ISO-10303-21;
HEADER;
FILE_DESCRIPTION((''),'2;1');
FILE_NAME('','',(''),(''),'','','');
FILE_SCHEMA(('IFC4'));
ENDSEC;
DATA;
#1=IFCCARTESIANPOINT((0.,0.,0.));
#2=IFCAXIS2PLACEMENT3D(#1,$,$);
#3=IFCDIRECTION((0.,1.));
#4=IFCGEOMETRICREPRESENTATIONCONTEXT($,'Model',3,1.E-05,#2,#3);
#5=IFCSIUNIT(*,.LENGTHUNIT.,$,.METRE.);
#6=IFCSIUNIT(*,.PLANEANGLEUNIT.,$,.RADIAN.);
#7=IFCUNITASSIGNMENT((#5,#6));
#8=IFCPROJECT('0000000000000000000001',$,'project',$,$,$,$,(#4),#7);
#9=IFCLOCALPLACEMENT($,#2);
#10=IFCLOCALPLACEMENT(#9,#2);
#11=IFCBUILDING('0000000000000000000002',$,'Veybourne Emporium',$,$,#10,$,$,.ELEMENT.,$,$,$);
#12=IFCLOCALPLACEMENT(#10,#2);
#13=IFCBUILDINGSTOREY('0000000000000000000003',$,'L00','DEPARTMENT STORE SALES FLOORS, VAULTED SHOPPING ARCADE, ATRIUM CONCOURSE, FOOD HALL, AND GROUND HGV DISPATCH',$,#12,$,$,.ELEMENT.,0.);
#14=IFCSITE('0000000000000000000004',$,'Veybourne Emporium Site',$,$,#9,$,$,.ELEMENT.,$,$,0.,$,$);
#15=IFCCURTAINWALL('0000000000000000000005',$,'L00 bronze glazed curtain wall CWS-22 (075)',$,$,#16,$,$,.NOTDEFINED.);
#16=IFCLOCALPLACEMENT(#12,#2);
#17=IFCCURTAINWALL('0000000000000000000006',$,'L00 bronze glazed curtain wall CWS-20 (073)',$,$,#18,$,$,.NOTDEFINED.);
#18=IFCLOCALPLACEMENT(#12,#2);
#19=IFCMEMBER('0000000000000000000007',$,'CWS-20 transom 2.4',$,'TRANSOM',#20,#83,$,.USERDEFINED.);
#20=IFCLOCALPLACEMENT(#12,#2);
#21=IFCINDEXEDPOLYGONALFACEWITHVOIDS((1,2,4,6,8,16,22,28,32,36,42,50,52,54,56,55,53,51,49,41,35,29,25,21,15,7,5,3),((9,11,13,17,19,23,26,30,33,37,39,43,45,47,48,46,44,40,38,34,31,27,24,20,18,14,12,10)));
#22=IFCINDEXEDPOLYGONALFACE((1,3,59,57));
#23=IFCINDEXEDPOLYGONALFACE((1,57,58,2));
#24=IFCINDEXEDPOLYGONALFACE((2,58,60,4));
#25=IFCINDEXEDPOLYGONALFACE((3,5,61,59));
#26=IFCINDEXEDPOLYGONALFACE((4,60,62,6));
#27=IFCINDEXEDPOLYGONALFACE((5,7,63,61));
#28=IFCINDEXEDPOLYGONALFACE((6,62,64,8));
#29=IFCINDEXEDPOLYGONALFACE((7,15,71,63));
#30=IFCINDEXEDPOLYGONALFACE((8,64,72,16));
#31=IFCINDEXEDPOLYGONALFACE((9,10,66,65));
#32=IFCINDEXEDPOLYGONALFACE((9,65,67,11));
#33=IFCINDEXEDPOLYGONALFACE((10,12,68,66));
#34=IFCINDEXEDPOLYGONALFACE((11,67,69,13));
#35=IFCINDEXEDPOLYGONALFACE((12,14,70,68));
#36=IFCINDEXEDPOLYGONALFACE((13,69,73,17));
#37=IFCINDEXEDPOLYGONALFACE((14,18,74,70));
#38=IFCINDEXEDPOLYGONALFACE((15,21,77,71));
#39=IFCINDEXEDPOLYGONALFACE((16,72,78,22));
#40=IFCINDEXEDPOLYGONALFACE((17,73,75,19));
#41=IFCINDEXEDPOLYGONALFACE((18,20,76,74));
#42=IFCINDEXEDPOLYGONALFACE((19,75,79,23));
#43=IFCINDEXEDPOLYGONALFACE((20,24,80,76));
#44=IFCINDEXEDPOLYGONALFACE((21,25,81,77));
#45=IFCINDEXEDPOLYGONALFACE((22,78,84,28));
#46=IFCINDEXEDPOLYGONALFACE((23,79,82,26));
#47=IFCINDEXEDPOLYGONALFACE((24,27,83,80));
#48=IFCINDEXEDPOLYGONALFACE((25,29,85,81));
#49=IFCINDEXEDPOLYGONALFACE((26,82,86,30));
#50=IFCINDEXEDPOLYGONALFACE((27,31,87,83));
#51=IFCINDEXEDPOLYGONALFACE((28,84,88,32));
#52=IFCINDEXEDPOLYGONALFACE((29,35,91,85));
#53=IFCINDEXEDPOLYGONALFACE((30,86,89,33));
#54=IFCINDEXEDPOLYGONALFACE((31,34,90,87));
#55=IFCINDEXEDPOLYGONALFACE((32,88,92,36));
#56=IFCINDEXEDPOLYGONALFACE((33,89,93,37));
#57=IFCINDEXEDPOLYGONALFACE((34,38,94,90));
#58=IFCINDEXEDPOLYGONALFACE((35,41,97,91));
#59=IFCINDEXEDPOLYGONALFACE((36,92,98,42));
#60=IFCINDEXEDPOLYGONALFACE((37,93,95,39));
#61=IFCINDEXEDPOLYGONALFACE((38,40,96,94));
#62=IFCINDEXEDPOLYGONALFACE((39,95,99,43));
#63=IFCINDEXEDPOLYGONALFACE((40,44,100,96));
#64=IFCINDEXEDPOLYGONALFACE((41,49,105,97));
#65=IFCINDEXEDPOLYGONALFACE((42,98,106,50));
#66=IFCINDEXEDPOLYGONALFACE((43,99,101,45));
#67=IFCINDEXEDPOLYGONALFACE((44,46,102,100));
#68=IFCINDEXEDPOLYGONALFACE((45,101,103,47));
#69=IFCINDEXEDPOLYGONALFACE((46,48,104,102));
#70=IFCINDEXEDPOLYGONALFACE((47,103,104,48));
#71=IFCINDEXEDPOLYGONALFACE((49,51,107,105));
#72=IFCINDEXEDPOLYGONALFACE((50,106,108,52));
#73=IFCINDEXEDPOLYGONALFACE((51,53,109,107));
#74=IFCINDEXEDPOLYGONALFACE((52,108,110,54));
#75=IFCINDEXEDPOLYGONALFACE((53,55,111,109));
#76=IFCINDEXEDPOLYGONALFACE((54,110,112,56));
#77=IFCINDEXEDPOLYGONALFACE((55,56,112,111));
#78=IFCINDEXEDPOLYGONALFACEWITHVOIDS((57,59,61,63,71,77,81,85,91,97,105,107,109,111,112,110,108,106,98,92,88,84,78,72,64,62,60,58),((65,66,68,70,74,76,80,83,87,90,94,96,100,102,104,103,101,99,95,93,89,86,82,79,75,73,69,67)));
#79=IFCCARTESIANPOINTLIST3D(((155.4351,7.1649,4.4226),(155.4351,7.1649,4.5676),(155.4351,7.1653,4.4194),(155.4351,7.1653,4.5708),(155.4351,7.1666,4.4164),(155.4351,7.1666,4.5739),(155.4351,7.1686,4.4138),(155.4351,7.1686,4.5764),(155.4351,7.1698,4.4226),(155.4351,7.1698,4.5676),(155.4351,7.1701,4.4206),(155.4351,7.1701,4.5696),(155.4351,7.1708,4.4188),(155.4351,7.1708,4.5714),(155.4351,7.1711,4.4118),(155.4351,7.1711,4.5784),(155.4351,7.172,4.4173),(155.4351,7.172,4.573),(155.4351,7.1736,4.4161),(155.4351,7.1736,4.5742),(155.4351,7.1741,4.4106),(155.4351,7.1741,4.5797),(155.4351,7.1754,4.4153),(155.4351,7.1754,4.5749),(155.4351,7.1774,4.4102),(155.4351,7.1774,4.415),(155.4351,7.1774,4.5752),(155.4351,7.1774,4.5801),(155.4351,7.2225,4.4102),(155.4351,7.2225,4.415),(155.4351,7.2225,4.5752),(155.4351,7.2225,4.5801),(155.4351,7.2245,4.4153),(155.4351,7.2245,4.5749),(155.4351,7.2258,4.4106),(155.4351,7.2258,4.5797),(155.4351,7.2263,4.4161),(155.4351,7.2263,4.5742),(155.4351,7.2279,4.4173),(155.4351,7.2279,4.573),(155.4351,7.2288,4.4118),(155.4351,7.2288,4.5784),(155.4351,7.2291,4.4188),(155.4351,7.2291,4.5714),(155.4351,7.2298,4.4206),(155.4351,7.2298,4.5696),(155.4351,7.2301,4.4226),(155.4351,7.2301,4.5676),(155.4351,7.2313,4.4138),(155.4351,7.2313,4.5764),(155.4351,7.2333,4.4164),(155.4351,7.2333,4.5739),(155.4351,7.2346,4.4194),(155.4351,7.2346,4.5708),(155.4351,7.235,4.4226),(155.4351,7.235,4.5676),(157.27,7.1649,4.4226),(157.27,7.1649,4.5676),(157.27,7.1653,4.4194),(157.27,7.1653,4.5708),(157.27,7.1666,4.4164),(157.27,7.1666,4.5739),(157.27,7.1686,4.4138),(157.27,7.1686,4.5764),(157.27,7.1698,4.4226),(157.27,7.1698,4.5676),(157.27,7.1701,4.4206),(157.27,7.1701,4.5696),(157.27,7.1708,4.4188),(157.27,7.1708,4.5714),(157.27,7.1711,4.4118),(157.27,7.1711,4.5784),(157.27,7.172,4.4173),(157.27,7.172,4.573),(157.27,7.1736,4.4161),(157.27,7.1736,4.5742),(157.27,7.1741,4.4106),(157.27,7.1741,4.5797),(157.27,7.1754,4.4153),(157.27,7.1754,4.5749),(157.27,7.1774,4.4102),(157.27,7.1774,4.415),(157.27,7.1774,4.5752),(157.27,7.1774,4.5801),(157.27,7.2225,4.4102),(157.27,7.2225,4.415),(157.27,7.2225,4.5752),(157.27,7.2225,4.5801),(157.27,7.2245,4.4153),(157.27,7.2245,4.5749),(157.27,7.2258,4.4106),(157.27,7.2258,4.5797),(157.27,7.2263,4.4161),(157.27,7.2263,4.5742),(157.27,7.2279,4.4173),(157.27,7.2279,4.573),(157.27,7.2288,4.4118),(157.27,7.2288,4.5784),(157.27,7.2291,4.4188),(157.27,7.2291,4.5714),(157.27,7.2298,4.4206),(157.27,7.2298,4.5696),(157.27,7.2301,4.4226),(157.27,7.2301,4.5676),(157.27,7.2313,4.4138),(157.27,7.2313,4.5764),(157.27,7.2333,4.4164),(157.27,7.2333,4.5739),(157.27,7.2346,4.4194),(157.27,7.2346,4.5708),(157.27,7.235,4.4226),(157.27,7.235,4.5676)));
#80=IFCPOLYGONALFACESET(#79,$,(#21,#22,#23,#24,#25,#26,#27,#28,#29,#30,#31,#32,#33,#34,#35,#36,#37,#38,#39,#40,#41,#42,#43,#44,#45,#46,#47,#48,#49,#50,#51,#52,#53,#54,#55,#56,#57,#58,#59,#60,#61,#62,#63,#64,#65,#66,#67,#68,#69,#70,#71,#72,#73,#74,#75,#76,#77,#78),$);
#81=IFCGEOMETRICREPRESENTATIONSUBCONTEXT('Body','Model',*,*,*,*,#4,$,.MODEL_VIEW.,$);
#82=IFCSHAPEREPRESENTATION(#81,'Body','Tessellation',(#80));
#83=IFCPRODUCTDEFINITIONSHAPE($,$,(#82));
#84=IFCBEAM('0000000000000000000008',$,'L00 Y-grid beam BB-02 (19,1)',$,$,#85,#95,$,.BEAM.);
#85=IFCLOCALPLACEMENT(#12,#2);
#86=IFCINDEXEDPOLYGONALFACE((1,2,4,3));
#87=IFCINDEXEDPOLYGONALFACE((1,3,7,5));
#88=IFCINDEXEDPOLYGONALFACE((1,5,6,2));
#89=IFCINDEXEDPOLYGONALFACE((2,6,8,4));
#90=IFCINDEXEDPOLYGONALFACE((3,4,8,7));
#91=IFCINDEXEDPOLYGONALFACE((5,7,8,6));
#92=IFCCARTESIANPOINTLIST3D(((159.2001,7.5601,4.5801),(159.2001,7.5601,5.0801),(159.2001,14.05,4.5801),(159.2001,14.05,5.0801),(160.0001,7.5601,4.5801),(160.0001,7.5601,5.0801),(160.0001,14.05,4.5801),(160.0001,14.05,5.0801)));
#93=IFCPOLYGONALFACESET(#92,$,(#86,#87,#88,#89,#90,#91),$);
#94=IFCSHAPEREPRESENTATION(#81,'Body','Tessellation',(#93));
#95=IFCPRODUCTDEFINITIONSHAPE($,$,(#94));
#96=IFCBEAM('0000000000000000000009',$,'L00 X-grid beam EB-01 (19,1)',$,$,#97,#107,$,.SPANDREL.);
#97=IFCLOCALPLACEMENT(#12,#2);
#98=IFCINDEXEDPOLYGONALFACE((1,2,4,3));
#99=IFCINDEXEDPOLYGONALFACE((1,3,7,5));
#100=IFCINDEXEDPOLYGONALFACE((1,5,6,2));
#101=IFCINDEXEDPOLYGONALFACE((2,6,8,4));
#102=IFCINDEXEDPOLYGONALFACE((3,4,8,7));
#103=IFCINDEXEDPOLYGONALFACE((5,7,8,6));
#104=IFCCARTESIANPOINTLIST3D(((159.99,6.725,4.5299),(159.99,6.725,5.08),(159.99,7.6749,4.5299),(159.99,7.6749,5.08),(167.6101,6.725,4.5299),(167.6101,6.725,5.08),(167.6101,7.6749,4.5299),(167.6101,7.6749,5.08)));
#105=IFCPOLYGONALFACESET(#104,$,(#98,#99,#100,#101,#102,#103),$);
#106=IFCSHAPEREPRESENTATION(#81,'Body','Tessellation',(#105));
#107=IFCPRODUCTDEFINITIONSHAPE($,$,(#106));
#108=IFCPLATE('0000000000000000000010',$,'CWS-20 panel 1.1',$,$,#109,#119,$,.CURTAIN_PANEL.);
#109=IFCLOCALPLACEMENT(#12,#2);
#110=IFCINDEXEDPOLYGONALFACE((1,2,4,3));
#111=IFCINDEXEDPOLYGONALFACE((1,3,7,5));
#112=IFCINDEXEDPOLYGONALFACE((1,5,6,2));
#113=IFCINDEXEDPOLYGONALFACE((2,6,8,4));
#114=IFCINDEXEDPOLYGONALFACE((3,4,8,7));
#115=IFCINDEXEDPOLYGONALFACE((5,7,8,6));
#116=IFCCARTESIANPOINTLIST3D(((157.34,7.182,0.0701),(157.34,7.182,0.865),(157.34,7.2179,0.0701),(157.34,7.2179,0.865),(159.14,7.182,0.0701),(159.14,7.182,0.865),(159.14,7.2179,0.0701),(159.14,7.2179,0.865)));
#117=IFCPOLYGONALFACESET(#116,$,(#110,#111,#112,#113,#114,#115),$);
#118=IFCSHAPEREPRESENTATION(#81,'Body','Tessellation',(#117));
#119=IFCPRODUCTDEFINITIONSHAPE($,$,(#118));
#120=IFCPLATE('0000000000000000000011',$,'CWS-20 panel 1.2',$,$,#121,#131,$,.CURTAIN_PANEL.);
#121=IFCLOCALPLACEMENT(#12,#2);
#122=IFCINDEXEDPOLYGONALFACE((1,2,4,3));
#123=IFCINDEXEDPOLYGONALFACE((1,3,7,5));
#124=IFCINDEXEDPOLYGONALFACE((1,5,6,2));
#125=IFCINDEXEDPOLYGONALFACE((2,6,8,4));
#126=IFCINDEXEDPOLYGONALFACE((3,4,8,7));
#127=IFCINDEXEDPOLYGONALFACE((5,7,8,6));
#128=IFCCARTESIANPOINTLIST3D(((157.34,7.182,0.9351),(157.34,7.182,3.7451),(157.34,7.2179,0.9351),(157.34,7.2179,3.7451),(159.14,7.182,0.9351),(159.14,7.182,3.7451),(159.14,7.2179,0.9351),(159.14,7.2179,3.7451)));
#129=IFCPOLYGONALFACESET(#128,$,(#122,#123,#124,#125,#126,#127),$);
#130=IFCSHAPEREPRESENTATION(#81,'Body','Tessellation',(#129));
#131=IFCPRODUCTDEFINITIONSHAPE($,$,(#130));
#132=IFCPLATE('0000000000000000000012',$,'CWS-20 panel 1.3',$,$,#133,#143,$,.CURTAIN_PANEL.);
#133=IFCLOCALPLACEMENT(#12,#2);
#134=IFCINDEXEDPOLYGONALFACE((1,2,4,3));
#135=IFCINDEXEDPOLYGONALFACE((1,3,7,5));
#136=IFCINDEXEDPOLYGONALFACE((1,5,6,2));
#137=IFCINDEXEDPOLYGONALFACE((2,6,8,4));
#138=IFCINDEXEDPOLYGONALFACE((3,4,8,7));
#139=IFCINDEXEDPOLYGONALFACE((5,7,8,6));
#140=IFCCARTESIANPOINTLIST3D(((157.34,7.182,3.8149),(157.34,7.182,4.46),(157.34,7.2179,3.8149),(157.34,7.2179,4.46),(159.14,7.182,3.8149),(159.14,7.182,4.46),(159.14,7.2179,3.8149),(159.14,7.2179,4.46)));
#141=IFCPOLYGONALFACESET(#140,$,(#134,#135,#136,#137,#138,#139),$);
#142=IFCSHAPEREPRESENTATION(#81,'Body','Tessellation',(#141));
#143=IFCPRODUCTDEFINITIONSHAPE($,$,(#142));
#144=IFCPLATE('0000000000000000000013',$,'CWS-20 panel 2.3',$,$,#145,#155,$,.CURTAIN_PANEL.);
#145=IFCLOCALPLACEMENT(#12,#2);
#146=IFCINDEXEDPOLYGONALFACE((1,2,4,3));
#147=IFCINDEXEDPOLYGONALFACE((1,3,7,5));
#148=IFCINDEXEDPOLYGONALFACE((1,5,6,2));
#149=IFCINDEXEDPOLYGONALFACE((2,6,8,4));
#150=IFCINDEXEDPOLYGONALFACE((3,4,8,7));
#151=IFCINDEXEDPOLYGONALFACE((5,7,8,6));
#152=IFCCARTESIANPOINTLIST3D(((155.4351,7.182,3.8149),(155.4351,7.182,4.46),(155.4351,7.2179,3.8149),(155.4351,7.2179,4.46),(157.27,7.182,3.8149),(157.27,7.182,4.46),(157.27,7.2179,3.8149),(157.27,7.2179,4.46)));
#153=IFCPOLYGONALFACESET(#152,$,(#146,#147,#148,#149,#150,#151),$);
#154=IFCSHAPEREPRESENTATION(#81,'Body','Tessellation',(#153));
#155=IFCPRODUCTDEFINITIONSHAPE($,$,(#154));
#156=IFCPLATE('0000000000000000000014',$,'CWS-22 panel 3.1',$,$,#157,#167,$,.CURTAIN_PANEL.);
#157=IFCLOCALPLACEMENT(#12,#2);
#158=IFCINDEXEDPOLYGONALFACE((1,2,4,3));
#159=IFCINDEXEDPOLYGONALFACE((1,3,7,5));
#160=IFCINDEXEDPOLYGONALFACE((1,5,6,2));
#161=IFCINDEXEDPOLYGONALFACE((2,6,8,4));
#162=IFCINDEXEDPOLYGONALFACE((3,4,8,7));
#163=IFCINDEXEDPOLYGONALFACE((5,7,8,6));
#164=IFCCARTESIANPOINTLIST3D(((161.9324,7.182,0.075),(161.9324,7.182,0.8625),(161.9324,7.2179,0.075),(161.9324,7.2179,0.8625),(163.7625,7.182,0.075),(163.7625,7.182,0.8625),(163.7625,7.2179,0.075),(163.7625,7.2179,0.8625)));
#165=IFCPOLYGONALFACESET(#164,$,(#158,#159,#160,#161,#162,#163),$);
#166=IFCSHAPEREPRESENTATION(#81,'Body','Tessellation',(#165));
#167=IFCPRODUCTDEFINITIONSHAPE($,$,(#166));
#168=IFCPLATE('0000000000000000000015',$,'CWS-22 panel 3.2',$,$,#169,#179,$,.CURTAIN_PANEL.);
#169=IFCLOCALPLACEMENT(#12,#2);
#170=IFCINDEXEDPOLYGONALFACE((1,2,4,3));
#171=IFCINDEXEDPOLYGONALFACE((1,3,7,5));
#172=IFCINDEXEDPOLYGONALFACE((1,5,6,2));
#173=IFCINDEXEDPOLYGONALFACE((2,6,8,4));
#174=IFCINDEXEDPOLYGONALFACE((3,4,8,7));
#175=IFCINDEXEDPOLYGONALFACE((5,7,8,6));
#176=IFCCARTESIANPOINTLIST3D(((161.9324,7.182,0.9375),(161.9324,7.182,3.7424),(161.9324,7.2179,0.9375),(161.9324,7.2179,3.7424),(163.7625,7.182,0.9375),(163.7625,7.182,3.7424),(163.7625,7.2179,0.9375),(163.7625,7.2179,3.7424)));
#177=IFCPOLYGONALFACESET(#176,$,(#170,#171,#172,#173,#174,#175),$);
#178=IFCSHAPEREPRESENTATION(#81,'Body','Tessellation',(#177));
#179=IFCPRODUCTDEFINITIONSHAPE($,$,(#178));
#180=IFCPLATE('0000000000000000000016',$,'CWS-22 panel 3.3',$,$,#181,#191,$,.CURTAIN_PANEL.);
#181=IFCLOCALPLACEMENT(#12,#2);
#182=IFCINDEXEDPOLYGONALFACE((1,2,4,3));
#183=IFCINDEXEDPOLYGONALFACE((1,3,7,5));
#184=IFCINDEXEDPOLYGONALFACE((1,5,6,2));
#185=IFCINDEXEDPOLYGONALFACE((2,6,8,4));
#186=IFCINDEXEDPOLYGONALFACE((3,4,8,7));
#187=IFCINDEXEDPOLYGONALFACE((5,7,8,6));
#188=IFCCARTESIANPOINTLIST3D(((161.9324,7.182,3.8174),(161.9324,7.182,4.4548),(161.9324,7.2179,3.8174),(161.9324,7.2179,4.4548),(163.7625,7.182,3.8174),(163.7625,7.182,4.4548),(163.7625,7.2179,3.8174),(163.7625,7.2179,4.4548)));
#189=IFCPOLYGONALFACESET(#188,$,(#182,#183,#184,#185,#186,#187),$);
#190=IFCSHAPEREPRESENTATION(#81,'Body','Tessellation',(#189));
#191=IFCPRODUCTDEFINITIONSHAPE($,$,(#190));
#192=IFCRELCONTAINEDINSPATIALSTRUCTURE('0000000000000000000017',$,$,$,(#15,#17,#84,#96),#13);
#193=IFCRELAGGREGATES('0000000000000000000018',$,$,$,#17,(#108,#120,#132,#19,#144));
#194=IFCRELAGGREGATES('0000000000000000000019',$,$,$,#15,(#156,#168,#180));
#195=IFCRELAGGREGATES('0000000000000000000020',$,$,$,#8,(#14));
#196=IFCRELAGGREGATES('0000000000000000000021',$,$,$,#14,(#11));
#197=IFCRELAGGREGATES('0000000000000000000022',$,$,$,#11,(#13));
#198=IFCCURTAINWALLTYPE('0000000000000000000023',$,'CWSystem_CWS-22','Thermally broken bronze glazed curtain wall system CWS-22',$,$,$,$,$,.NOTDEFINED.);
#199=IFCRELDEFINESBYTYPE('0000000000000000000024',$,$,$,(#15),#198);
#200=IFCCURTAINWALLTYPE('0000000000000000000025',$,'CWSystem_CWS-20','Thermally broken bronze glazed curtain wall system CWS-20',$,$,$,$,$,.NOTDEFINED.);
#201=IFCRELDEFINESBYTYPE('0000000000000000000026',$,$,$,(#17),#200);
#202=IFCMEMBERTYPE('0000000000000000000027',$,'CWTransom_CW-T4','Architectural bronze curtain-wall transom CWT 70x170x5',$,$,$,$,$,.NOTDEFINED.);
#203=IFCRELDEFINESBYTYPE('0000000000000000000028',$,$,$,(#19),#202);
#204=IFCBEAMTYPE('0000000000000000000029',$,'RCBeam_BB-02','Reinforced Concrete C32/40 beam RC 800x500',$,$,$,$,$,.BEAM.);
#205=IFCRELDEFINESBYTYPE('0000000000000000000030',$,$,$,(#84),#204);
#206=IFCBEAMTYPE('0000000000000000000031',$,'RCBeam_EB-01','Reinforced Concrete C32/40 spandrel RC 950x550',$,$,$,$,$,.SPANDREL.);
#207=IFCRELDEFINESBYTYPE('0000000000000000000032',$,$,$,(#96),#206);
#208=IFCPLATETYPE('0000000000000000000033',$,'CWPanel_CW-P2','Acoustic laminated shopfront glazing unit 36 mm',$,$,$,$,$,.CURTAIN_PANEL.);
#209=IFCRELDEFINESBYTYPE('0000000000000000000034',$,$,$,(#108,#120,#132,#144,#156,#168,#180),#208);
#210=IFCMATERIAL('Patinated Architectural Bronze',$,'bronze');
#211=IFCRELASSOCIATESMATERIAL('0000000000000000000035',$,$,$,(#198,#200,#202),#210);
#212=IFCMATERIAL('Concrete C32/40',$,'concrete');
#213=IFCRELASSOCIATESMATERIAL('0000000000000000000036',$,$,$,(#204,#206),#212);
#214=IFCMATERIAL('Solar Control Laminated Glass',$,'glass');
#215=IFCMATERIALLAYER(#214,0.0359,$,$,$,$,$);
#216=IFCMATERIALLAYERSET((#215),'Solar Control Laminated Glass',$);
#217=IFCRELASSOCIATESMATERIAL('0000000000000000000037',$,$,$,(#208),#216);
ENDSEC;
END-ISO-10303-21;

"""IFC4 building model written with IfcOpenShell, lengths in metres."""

from ifc_helpers import new_model, si_unit, direction, frame, origin, origin_2d, place, context, subcontext, project, spatial, rectangle, hollow_rectangle, extrude, material, layer, layer_set, material_profile, profile_set, type_object, element, aggregate, save


model = new_model("IFC4")

# Units and contexts
model_context = context("Model", 3, precision=1e-05, world=origin(), true_north=direction((0.0, 1.0)))
body_context = subcontext(model_context, "Body", "Model", "MODEL_VIEW")
ifc_project = project(units=[si_unit("LENGTHUNIT", "METRE"), si_unit("PLANEANGLEUNIT", "RADIAN")], contexts=[model_context])

# Site, building, storey
site_placement = place(None, origin())
site = spatial("IfcSite", under=ifc_project, at=site_placement, Name="Veybourne Emporium Site", CompositionType="ELEMENT", RefElevation=0.0)
building_placement = place(site_placement, origin())
building = spatial("IfcBuilding", under=site, at=building_placement, Name="Veybourne Emporium", CompositionType="ELEMENT")
storey_placement = place(building_placement, origin())
storey = spatial("IfcBuildingStorey", under=building, at=storey_placement, Name="L00", Description="DEPARTMENT STORE SALES FLOORS, VAULTED SHOPPING ARCADE, ATRIUM CONCOURSE, FOOD HALL, AND GROUND HGV DISPATCH", CompositionType="ELEMENT", Elevation=0.0)

# Curtain walls
ifc_material_1 = material(Name="Patinated Architectural Bronze", Category="bronze")
curtain_wall_type_1 = type_object("IfcCurtainWallType", Name="CWSystem_CWS-22", Description="Thermally broken bronze glazed curtain wall system CWS-22", PredefinedType="NOTDEFINED", material=ifc_material_1)
curtain_wall_1_placement = place(storey_placement, origin())
curtain_wall_1 = element("IfcCurtainWall", 1, at=curtain_wall_1_placement, inside=storey, type_object=curtain_wall_type_1, Name="L00 bronze glazed curtain wall CWS-22 (075)", PredefinedType="NOTDEFINED")
curtain_wall_type_2 = type_object("IfcCurtainWallType", Name="CWSystem_CWS-20", Description="Thermally broken bronze glazed curtain wall system CWS-20", PredefinedType="NOTDEFINED", material=ifc_material_1)
curtain_wall_2_placement = place(storey_placement, origin())
curtain_wall_2 = element("IfcCurtainWall", 2, at=curtain_wall_2_placement, inside=storey, type_object=curtain_wall_type_2, Name="L00 bronze glazed curtain wall CWS-20 (073)", PredefinedType="NOTDEFINED")

# Member
ifc_material_profile_1 = material_profile(ifc_material_1, hollow_rectangle(XDim=0.0701, YDim=0.1699, WallThickness=0.0049, InnerFilletRadius=0.0076, OuterFilletRadius=0.0125, at=origin_2d()), Name="CWT 70x170x5")
ifc_profile_set_1 = profile_set([ifc_material_profile_1], Name="Patinated Architectural Bronze")
member_type_1 = type_object("IfcMemberType", Name="CWTransom_CW-T4", Description="Architectural bronze curtain-wall transom CWT 70x170x5", PredefinedType="NOTDEFINED", material=ifc_profile_set_1)
member_1_placement = place(storey_placement, frame((157.27, 7.2, 4.4951), z_axis=(-1.0, 0.0, 0.0), x_axis=(0.0, -1.0, 0.0)))
member_1 = element("IfcMember", 3, at=member_1_placement, type_object=member_type_1, Name="CWS-20 transom 2.4", ObjectType="TRANSOM", PredefinedType="USERDEFINED", context=body_context, shape_type="SweptSolid", body=[
    extrude(hollow_rectangle(XDim=0.0701, YDim=0.1699, WallThickness=0.0049, InnerFilletRadius=0.0076, OuterFilletRadius=0.0125, at=origin_2d()), origin(), (0.0, 0.0, 1.0), 1.835),
])

# Beams
ifc_material_2 = material(Name="Concrete C32/40", Category="concrete")
ifc_material_profile_2 = material_profile(ifc_material_2, rectangle(XDim=0.8, YDim=0.5, at=origin_2d()), Name="RC 800x500")
ifc_profile_set_2 = profile_set([ifc_material_profile_2], Name="Concrete C32/40")
beam_type_1 = type_object("IfcBeamType", Name="RCBeam_BB-02", Description="Reinforced Concrete C32/40 beam RC 800x500", PredefinedType="BEAM", material=ifc_profile_set_2)
beam_1_placement = place(storey_placement, frame((159.6001, 7.5601, 4.8301), z_axis=(0.0, 1.0, 0.0), x_axis=(-1.0, 0.0, 0.0)))
element("IfcBeam", 4, at=beam_1_placement, inside=storey, type_object=beam_type_1, Name="L00 Y-grid beam BB-02 (19,1)", PredefinedType="BEAM", context=body_context, shape_type="SweptSolid", body=[
    extrude(rectangle(XDim=0.8, YDim=0.5, at=origin_2d()), origin(), (0.0, 0.0, 1.0), 6.49),
])
ifc_material_profile_3 = material_profile(ifc_material_2, rectangle(XDim=0.95, YDim=0.55, at=origin_2d()), Name="RC 950x550")
ifc_profile_set_3 = profile_set([ifc_material_profile_3], Name="Concrete C32/40")
beam_type_2 = type_object("IfcBeamType", Name="RCBeam_EB-01", Description="Reinforced Concrete C32/40 spandrel RC 950x550", PredefinedType="SPANDREL", material=ifc_profile_set_3)
beam_2_placement = place(storey_placement, frame((159.99, 7.2, 4.8049), z_axis=(1.0, 0.0, 0.0), x_axis=(0.0, 1.0, 0.0)))
element("IfcBeam", 5, at=beam_2_placement, inside=storey, type_object=beam_type_2, Name="L00 X-grid beam EB-01 (19,1)", PredefinedType="SPANDREL", context=body_context, shape_type="SweptSolid", body=[
    extrude(rectangle(XDim=0.95, YDim=0.55, at=origin_2d()), origin(), (0.0, 0.0, 1.0), 7.6201),
])

# Plates
ifc_material_3 = material(Name="Solar Control Laminated Glass", Category="glass")
ifc_layer = layer(ifc_material_3, 0.0359)
ifc_layer_set = layer_set([ifc_layer], Name="Solar Control Laminated Glass")
plate_type = type_object("IfcPlateType", Name="CWPanel_CW-P2", Description="Acoustic laminated shopfront glazing unit 36 mm", PredefinedType="CURTAIN_PANEL", material=ifc_layer_set)
plate_1_placement = place(storey_placement, frame((158.24, 7.2, 0.0701), z_axis=(0.0, 0.0, 1.0), x_axis=(-1.0, 0.0, 0.0)))
plate_1 = element("IfcPlate", 6, at=plate_1_placement, type_object=plate_type, Name="CWS-20 panel 1.1", PredefinedType="CURTAIN_PANEL", context=body_context, shape_type="SweptSolid", body=[
    extrude(rectangle(XDim=1.8, YDim=0.0359, at=origin_2d()), origin(), (0.0, 0.0, 1.0), 0.7949),
])
plate_2_placement = place(storey_placement, frame((158.24, 7.2, 0.9351), z_axis=(0.0, 0.0, 1.0), x_axis=(-1.0, 0.0, 0.0)))
plate_2 = element("IfcPlate", 7, at=plate_2_placement, type_object=plate_type, Name="CWS-20 panel 1.2", PredefinedType="CURTAIN_PANEL", context=body_context, shape_type="SweptSolid", body=[
    extrude(rectangle(XDim=1.8, YDim=0.0359, at=origin_2d()), origin(), (0.0, 0.0, 1.0), 2.8101),
])
plate_3_placement = place(storey_placement, frame((158.24, 7.2, 3.8149), z_axis=(0.0, 0.0, 1.0), x_axis=(-1.0, 0.0, 0.0)))
plate_3 = element("IfcPlate", 8, at=plate_3_placement, type_object=plate_type, Name="CWS-20 panel 1.3", PredefinedType="CURTAIN_PANEL", context=body_context, shape_type="SweptSolid", body=[
    extrude(rectangle(XDim=1.8, YDim=0.0359, at=origin_2d()), origin(), (0.0, 0.0, 1.0), 0.645),
])
plate_4_placement = place(storey_placement, frame((156.3525, 7.2, 3.8149), z_axis=(0.0, 0.0, 1.0), x_axis=(-1.0, 0.0, 0.0)))
plate_4 = element("IfcPlate", 9, at=plate_4_placement, type_object=plate_type, Name="CWS-20 panel 2.3", PredefinedType="CURTAIN_PANEL", context=body_context, shape_type="SweptSolid", body=[
    extrude(rectangle(XDim=1.835, YDim=0.0359, at=origin_2d()), origin(), (0.0, 0.0, 1.0), 0.645),
])
aggregate(curtain_wall_2, [plate_1, plate_2, plate_3, member_1, plate_4])
plate_5_placement = place(storey_placement, frame((162.8474, 7.2, 0.075), z_axis=(0.0, 0.0, 1.0), x_axis=(-1.0, 0.0, 0.0)))
plate_5 = element("IfcPlate", 10, at=plate_5_placement, type_object=plate_type, Name="CWS-22 panel 3.1", PredefinedType="CURTAIN_PANEL", context=body_context, shape_type="SweptSolid", body=[
    extrude(rectangle(XDim=1.8301, YDim=0.0359, at=origin_2d()), origin(), (0.0, 0.0, 1.0), 0.7876),
])
plate_6_placement = place(storey_placement, frame((162.8474, 7.2, 0.9375), z_axis=(0.0, 0.0, 1.0), x_axis=(-1.0, 0.0, 0.0)))
plate_6 = element("IfcPlate", 11, at=plate_6_placement, type_object=plate_type, Name="CWS-22 panel 3.2", PredefinedType="CURTAIN_PANEL", context=body_context, shape_type="SweptSolid", body=[
    extrude(rectangle(XDim=1.8301, YDim=0.0359, at=origin_2d()), origin(), (0.0, 0.0, 1.0), 2.8049),
])
plate_7_placement = place(storey_placement, frame((162.8474, 7.2, 3.8174), z_axis=(0.0, 0.0, 1.0), x_axis=(-1.0, 0.0, 0.0)))
plate_7 = element("IfcPlate", 12, at=plate_7_placement, type_object=plate_type, Name="CWS-22 panel 3.3", PredefinedType="CURTAIN_PANEL", context=body_context, shape_type="SweptSolid", body=[
    extrude(rectangle(XDim=1.8301, YDim=0.0359, at=origin_2d()), origin(), (0.0, 0.0, 1.0), 0.6375),
])
aggregate(curtain_wall_1, [plate_5, plate_6, plate_7])

save(model, "model.ifc")
